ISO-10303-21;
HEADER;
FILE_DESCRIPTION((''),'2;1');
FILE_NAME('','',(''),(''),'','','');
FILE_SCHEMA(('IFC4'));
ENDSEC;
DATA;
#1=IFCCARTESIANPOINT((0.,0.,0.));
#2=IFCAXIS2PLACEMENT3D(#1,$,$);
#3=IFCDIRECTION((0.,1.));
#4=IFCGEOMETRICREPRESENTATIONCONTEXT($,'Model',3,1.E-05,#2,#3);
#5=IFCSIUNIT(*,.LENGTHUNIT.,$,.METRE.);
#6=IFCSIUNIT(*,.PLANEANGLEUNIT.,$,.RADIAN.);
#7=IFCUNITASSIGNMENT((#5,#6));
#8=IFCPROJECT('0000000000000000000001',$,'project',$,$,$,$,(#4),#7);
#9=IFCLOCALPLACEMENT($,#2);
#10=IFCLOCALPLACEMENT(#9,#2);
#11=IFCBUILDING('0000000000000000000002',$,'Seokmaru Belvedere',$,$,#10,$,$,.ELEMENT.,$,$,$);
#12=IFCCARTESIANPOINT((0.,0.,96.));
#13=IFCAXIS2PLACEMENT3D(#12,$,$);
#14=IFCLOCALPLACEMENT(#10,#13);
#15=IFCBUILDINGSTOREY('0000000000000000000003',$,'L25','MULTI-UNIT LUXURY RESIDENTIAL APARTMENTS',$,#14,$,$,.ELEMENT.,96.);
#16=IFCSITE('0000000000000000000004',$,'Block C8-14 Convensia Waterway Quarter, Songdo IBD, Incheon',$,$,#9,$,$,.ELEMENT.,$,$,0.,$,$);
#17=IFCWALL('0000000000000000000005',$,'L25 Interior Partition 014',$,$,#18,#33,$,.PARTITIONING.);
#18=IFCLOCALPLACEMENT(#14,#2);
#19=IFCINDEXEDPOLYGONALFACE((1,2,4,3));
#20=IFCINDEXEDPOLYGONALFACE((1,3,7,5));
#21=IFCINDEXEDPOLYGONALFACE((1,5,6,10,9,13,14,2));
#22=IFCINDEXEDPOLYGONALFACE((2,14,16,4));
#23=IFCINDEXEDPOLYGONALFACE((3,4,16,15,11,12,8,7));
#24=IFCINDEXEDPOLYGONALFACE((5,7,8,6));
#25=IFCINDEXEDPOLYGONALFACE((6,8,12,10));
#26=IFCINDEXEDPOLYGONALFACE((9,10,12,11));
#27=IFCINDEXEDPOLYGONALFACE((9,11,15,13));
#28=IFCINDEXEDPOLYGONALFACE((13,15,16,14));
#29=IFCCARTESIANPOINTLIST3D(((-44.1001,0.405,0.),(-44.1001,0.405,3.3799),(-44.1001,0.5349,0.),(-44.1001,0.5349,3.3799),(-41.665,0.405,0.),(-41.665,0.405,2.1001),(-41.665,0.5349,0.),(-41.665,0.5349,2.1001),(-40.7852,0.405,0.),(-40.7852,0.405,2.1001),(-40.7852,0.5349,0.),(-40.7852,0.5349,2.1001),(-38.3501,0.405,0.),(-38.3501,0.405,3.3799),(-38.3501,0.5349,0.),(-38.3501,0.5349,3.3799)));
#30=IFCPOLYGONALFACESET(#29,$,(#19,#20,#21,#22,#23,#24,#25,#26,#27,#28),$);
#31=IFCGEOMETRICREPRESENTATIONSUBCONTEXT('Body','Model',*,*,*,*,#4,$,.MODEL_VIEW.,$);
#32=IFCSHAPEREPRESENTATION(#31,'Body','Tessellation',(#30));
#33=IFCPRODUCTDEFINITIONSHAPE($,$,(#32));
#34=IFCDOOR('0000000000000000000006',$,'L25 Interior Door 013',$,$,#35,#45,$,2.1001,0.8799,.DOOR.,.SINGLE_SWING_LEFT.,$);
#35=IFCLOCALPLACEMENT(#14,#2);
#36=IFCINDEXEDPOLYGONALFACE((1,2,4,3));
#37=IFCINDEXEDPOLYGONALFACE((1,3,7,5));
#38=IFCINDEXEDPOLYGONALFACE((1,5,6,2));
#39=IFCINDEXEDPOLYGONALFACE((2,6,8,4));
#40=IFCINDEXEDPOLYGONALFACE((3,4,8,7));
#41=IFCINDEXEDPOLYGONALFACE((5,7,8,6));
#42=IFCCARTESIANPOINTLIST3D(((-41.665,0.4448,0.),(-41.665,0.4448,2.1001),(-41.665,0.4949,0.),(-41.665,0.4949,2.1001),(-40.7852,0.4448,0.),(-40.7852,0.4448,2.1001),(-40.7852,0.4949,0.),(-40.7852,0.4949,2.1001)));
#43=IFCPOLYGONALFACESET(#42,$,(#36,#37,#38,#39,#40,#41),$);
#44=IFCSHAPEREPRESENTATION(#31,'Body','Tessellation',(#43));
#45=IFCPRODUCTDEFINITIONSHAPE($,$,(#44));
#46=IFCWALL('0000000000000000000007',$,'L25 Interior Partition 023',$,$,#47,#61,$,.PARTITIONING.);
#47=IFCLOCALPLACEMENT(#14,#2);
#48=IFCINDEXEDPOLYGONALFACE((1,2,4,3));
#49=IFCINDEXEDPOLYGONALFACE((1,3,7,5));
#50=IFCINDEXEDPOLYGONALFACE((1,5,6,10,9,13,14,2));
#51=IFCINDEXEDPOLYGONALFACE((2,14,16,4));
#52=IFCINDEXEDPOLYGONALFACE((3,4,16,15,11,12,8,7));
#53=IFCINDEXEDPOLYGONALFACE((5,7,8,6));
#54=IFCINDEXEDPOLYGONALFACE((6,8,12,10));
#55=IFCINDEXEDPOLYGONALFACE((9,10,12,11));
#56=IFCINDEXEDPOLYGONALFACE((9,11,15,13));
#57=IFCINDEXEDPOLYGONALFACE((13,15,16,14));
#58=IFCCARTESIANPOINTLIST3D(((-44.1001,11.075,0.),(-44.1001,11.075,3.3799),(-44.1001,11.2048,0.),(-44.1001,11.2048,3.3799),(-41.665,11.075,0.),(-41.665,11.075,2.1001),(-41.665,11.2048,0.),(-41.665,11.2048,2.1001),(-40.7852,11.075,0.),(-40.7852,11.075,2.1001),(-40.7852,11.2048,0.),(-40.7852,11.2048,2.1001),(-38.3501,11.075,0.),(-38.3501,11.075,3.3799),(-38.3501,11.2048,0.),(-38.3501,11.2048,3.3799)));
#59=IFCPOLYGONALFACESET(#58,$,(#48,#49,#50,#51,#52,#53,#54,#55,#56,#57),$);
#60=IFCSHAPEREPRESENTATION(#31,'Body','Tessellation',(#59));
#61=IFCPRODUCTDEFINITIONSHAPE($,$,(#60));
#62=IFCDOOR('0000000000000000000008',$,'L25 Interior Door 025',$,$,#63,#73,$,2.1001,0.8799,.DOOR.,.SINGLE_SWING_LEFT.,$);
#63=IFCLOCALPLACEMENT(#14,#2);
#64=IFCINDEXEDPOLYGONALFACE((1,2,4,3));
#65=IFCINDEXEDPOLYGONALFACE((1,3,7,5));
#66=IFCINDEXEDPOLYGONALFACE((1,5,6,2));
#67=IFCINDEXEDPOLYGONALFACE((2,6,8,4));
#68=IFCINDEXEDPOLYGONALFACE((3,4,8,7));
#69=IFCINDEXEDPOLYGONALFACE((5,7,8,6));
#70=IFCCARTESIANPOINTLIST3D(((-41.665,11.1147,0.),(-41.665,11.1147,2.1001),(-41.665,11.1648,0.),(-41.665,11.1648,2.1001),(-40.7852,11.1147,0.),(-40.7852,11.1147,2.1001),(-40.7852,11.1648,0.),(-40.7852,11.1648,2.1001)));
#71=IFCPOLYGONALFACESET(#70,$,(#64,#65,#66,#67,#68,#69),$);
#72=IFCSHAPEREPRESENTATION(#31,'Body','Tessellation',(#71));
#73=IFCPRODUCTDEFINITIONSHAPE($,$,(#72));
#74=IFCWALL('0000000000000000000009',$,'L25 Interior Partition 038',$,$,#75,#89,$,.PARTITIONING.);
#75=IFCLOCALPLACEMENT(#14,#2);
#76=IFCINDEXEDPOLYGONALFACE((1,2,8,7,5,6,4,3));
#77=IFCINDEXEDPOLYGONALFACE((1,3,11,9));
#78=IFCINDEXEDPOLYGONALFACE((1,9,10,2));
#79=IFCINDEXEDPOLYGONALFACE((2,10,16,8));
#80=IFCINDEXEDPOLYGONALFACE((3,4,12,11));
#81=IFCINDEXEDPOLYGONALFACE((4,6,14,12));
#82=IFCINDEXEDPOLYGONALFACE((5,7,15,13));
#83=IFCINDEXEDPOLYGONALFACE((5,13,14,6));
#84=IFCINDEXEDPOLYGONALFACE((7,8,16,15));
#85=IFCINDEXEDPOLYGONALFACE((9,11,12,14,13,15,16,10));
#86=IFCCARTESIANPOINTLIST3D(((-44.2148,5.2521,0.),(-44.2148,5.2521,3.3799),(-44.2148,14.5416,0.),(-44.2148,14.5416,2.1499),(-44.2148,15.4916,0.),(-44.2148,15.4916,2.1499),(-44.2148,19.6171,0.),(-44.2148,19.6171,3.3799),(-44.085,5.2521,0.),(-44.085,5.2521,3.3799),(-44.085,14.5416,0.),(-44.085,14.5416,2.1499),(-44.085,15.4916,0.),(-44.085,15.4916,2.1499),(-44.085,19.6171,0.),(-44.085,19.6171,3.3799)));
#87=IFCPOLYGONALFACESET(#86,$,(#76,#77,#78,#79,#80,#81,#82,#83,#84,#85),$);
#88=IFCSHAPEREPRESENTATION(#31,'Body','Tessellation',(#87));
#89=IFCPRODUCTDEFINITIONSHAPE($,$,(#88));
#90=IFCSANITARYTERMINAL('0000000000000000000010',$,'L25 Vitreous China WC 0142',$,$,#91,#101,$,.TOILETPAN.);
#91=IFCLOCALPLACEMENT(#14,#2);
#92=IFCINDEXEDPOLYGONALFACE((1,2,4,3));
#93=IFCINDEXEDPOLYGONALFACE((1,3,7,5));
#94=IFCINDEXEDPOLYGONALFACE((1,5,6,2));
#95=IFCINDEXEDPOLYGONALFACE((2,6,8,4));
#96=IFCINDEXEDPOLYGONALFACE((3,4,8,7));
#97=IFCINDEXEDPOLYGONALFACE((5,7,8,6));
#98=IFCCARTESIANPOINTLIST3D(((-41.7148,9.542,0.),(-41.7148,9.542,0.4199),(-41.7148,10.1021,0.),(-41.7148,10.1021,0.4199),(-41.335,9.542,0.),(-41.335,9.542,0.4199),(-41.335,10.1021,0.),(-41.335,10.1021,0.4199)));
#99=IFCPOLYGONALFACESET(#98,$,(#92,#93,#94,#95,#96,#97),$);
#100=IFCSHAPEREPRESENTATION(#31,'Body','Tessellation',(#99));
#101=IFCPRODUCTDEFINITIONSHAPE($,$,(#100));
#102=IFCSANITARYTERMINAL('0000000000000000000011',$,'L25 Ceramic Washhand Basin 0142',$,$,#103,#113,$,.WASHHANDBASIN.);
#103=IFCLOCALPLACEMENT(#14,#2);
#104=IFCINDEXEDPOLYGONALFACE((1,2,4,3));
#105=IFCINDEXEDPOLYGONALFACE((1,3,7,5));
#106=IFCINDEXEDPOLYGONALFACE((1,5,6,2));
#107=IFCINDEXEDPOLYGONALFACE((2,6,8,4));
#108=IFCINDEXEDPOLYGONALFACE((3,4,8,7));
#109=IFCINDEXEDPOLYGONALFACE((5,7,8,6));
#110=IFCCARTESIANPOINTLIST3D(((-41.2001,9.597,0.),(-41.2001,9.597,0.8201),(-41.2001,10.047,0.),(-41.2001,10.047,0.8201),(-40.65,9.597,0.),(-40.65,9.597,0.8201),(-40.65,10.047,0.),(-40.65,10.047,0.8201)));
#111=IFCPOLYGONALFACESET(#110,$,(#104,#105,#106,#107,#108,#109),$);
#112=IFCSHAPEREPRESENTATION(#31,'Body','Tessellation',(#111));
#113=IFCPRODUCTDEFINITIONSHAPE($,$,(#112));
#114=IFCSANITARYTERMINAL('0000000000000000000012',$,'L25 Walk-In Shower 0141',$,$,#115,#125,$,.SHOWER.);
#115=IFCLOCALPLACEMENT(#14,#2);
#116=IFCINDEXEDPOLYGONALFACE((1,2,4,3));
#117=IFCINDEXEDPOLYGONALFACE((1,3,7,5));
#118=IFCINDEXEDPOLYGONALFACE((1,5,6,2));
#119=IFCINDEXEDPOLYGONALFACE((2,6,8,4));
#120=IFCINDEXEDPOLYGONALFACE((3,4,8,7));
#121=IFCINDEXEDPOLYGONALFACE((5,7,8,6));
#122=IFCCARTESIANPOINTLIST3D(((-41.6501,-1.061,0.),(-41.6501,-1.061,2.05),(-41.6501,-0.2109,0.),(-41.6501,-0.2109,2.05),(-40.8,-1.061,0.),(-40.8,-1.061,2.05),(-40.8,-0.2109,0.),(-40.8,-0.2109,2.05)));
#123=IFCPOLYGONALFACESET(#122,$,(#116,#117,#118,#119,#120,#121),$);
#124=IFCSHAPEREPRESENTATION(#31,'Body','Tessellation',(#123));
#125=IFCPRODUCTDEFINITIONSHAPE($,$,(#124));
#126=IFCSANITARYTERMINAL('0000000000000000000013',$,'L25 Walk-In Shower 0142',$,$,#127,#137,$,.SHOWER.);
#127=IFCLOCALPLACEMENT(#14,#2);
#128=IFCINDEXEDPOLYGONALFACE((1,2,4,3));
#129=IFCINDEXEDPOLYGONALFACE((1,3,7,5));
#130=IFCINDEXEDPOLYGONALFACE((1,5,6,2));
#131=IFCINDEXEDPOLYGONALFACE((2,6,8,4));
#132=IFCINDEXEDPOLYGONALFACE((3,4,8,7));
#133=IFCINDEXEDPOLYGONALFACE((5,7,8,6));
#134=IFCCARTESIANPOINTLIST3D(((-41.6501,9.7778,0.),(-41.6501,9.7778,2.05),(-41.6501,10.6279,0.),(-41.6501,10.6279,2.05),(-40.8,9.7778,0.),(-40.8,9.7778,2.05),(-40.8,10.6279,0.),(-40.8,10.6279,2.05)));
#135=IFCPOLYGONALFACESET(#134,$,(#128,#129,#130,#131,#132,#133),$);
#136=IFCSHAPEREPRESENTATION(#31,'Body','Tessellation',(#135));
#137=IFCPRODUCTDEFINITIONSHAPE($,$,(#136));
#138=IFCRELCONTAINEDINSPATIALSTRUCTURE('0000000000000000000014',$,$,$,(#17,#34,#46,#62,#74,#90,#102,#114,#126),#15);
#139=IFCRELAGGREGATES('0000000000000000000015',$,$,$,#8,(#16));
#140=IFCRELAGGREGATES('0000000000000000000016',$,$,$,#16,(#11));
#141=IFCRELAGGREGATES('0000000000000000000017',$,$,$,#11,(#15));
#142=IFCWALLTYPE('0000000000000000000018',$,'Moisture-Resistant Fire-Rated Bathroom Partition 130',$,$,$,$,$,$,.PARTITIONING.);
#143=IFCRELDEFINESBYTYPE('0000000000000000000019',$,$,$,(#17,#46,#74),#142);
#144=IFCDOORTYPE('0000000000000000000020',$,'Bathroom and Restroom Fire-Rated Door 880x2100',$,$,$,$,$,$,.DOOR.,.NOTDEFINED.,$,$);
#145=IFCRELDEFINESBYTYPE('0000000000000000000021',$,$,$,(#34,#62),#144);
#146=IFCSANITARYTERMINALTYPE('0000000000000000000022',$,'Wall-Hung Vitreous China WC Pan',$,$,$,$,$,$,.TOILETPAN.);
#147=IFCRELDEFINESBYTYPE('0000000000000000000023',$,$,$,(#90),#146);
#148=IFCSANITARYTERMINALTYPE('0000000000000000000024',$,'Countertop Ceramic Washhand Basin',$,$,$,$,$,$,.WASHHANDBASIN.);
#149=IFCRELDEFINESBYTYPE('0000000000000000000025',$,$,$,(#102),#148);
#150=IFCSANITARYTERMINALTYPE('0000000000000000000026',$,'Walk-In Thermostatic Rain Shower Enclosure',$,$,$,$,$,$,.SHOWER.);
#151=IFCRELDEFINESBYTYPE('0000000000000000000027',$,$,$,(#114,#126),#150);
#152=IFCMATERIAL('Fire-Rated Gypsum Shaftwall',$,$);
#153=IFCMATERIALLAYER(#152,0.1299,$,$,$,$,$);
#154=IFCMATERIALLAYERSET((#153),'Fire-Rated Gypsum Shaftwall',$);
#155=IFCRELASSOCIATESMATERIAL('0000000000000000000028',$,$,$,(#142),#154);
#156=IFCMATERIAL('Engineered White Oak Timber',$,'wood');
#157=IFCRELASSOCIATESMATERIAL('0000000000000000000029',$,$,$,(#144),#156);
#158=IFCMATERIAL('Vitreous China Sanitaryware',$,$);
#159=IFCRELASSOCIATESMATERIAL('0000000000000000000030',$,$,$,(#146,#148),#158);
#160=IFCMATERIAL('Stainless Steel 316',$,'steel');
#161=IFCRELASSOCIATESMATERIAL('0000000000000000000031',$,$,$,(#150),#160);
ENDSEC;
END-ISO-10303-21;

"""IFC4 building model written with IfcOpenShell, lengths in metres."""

from ifc_helpers import new_model, si_unit, direction, frame, frame_2d, origin, origin_2d, place, context, subcontext, project, spatial, rectangle, extrude, source, transform, mapped, material, layer, layer_set, type_object, type_shapes, element, fill, save


model = new_model("IFC4")

# Units and contexts
model_context = context("Model", 3, precision=1e-05, world=origin(), true_north=direction((0.0, 1.0)))
body_context = subcontext(model_context, "Body", "Model", "MODEL_VIEW")
ifc_project = project(units=[si_unit("LENGTHUNIT", "METRE"), si_unit("PLANEANGLEUNIT", "RADIAN")], contexts=[model_context])

# Site, building, storey
site_placement = place(None, origin())
site = spatial("IfcSite", under=ifc_project, at=site_placement, Name="Block C8-14 Convensia Waterway Quarter, Songdo IBD, Incheon", CompositionType="ELEMENT", RefElevation=0.0)
building_placement = place(site_placement, origin())
building = spatial("IfcBuilding", under=site, at=building_placement, Name="Seokmaru Belvedere", CompositionType="ELEMENT")
storey_placement = place(building_placement, frame((0.0, 0.0, 96.0)))
storey = spatial("IfcBuildingStorey", under=building, at=storey_placement, Name="L25", Description="MULTI-UNIT LUXURY RESIDENTIAL APARTMENTS", CompositionType="ELEMENT", Elevation=96.0)

# Walls, openings, doors
ifc_material_1 = material(Name="Fire-Rated Gypsum Shaftwall")
ifc_material_2 = material(Name="Engineered White Oak Timber", Category="wood")
ifc_layer_1 = layer(ifc_material_1, 0.1299)
ifc_layer_set_1 = layer_set([ifc_layer_1], Name="Fire-Rated Gypsum Shaftwall")
wall_type_1 = type_object("IfcWallType", Name="Moisture-Resistant Fire-Rated Bathroom Partition 130", PredefinedType="PARTITIONING", material=ifc_layer_set_1)
wall_1_placement = place(storey_placement, frame((-44.1001, 0.47, 0.0), z_axis=(0.0, 0.0, 1.0), x_axis=(1.0, 0.0, 0.0)))
wall_1 = element("IfcWall", 1, at=wall_1_placement, inside=storey, type_object=wall_type_1, Name="L25 Interior Partition 014", PredefinedType="PARTITIONING", context=body_context, shape_type="SweptSolid", body=[
    extrude(rectangle(XDim=5.75, YDim=0.1299, at=frame_2d((2.875, 0.0))), origin(), (0.0, 0.0, 1.0), 3.3799),
])
opening_1_placement = place(wall_1_placement, frame((2.4351, 0.0, 0.0)))
opening_1 = element("IfcOpeningElement", 2, at=opening_1_placement, cuts=wall_1, PredefinedType="OPENING", context=body_context, shape_type="SweptSolid", body=[
    extrude(rectangle(XDim=0.8799, YDim=2.1001, at=frame_2d((0.4399, 1.05))), frame((0.0, 0.075, 0.0), z_axis=(0.0, -1.0, 0.0), x_axis=(1.0, 0.0, 0.0)), (0.0, 0.0, 1.0), 0.1499),
])
door_type_1 = type_object("IfcDoorType", Name="Bathroom and Restroom Fire-Rated Door 880x2100", OperationType="NOTDEFINED", PredefinedType="DOOR", material=ifc_material_2)
shared_shape_1 = source(origin(), body_context, "Body", "SweptSolid", [
    extrude(rectangle(XDim=0.8799, YDim=2.1001, at=frame_2d((0.4399, 1.05))), frame((0.0, 0.0249, 0.0), z_axis=(0.0, -1.0, 0.0), x_axis=(1.0, 0.0, 0.0)), (0.0, 0.0, 1.0), 0.05),
])
type_shapes(door_type_1, [shared_shape_1])
door_1_placement = place(opening_1_placement, origin())
door_1 = element("IfcDoor", 3, at=door_1_placement, inside=storey, type_object=door_type_1, Name="L25 Interior Door 013", OperationType="SINGLE_SWING_LEFT", OverallHeight=2.1001, OverallWidth=0.8799, PredefinedType="DOOR", context=body_context, shape_type="MappedRepresentation", body=[
    mapped(shared_shape_1, transform((0.0, 0.0, 0.0), scale=1.0)),
])
fill(opening_1, door_1)
wall_2_placement = place(storey_placement, frame((-44.1001, 11.1399, 0.0), z_axis=(0.0, 0.0, 1.0), x_axis=(1.0, 0.0, 0.0)))
wall_2 = element("IfcWall", 4, at=wall_2_placement, inside=storey, type_object=wall_type_1, Name="L25 Interior Partition 023", PredefinedType="PARTITIONING", context=body_context, shape_type="SweptSolid", body=[
    extrude(rectangle(XDim=5.75, YDim=0.1299, at=frame_2d((2.875, 0.0))), origin(), (0.0, 0.0, 1.0), 3.3799),
])
opening_2_placement = place(wall_2_placement, frame((2.4351, 0.0, 0.0)))
opening_2 = element("IfcOpeningElement", 5, at=opening_2_placement, cuts=wall_2, PredefinedType="OPENING", context=body_context, shape_type="SweptSolid", body=[
    extrude(rectangle(XDim=0.8799, YDim=2.1001, at=frame_2d((0.4399, 1.05))), frame((0.0, 0.075, 0.0), z_axis=(0.0, -1.0, 0.0), x_axis=(1.0, 0.0, 0.0)), (0.0, 0.0, 1.0), 0.1499),
])
door_2_placement = place(opening_2_placement, origin())
door_2 = element("IfcDoor", 6, at=door_2_placement, inside=storey, type_object=door_type_1, Name="L25 Interior Door 025", OperationType="SINGLE_SWING_LEFT", OverallHeight=2.1001, OverallWidth=0.8799, PredefinedType="DOOR", context=body_context, shape_type="MappedRepresentation", body=[
    mapped(shared_shape_1, transform((0.0, 0.0, 0.0), scale=1.0)),
])
fill(opening_2, door_2)

# Wall, opening
wall_3_placement = place(storey_placement, frame((-44.1499, 5.252, 0.0), z_axis=(0.0, 0.0, 1.0), x_axis=(0.0, 1.0, 0.0)))
wall_3 = element("IfcWall", 7, at=wall_3_placement, inside=storey, type_object=wall_type_1, Name="L25 Interior Partition 038", PredefinedType="PARTITIONING", context=body_context, shape_type="SweptSolid", body=[
    extrude(rectangle(XDim=14.365, YDim=0.1299, at=frame_2d((7.1826, 0.0))), origin(), (0.0, 0.0, 1.0), 3.3799),
])
opening_3_placement = place(wall_3_placement, frame((9.2896, 0.0, 0.0)))
element("IfcOpeningElement", 8, at=opening_3_placement, cuts=wall_3, PredefinedType="OPENING", context=body_context, shape_type="SweptSolid", body=[
    extrude(rectangle(XDim=0.95, YDim=2.1499, at=frame_2d((0.4751, 1.075))), frame((0.0, 0.075, 0.0), z_axis=(0.0, -1.0, 0.0), x_axis=(1.0, 0.0, 0.0)), (0.0, 0.0, 1.0), 0.1499),
])

# Sanitary terminals
ifc_material_3 = material(Name="Vitreous China Sanitaryware")
sanitary_terminal_type_1 = type_object("IfcSanitaryTerminalType", Name="Wall-Hung Vitreous China WC Pan", PredefinedType="TOILETPAN", material=ifc_material_3)
shared_shape_2 = source(origin(), body_context, "Body", "SweptSolid", [
    extrude(rectangle(XDim=0.3799, YDim=0.5601, at=origin_2d()), origin(), (0.0, 0.0, 1.0), 0.4199),
])
type_shapes(sanitary_terminal_type_1, [shared_shape_2])
sanitary_terminal_1_placement = place(storey_placement, frame((-41.5249, 9.822, 0.0), z_axis=(0.0, 0.0, 1.0), x_axis=(1.0, 0.0, 0.0)))
element("IfcSanitaryTerminal", 9, at=sanitary_terminal_1_placement, inside=storey, type_object=sanitary_terminal_type_1, Name="L25 Vitreous China WC 0142", PredefinedType="TOILETPAN", context=body_context, shape_type="MappedRepresentation", body=[
    mapped(shared_shape_2, transform((0.0, 0.0, 0.0), scale=1.0)),
])
sanitary_terminal_type_2 = type_object("IfcSanitaryTerminalType", Name="Countertop Ceramic Washhand Basin", PredefinedType="WASHHANDBASIN", material=ifc_material_3)
shared_shape_3 = source(origin(), body_context, "Body", "SweptSolid", [
    extrude(rectangle(XDim=0.55, YDim=0.45, at=origin_2d()), origin(), (0.0, 0.0, 1.0), 0.8201),
])
type_shapes(sanitary_terminal_type_2, [shared_shape_3])
sanitary_terminal_2_placement = place(storey_placement, frame((-40.925, 9.822, 0.0), z_axis=(0.0, 0.0, 1.0), x_axis=(1.0, 0.0, 0.0)))
element("IfcSanitaryTerminal", 10, at=sanitary_terminal_2_placement, inside=storey, type_object=sanitary_terminal_type_2, Name="L25 Ceramic Washhand Basin 0142", PredefinedType="WASHHANDBASIN", context=body_context, shape_type="MappedRepresentation", body=[
    mapped(shared_shape_3, transform((0.0, 0.0, 0.0), scale=1.0)),
])
ifc_material_4 = material(Name="Stainless Steel 316", Category="steel")
sanitary_terminal_type_3 = type_object("IfcSanitaryTerminalType", Name="Walk-In Thermostatic Rain Shower Enclosure", PredefinedType="SHOWER", material=ifc_material_4)
shared_shape_4 = source(origin(), body_context, "Body", "SweptSolid", [
    extrude(rectangle(XDim=0.8501, YDim=0.8501, at=origin_2d()), origin(), (0.0, 0.0, 1.0), 2.05),
])
type_shapes(sanitary_terminal_type_3, [shared_shape_4])
for number, where, z_axis, x_axis, name in (
    (11, (-41.2251, -0.636, 0.0), (0.0, 0.0, 1.0), (1.0, 0.0, 0.0), "L25 Walk-In Shower 0141"),
    (12, (-41.2251, 10.2029, 0.0), (0.0, 0.0, 1.0), (1.0, 0.0, 0.0), "L25 Walk-In Shower 0142"),
):
    element("IfcSanitaryTerminal", number, at=place(storey_placement, frame(where, z_axis=z_axis, x_axis=x_axis)), inside=storey, type_object=sanitary_terminal_type_3, Name=name, PredefinedType="SHOWER", context=body_context, shape_type="MappedRepresentation", body=[
        mapped(shared_shape_4, transform((0.0, 0.0, 0.0), scale=1.0)),
    ])

save(model, "model.ifc")
